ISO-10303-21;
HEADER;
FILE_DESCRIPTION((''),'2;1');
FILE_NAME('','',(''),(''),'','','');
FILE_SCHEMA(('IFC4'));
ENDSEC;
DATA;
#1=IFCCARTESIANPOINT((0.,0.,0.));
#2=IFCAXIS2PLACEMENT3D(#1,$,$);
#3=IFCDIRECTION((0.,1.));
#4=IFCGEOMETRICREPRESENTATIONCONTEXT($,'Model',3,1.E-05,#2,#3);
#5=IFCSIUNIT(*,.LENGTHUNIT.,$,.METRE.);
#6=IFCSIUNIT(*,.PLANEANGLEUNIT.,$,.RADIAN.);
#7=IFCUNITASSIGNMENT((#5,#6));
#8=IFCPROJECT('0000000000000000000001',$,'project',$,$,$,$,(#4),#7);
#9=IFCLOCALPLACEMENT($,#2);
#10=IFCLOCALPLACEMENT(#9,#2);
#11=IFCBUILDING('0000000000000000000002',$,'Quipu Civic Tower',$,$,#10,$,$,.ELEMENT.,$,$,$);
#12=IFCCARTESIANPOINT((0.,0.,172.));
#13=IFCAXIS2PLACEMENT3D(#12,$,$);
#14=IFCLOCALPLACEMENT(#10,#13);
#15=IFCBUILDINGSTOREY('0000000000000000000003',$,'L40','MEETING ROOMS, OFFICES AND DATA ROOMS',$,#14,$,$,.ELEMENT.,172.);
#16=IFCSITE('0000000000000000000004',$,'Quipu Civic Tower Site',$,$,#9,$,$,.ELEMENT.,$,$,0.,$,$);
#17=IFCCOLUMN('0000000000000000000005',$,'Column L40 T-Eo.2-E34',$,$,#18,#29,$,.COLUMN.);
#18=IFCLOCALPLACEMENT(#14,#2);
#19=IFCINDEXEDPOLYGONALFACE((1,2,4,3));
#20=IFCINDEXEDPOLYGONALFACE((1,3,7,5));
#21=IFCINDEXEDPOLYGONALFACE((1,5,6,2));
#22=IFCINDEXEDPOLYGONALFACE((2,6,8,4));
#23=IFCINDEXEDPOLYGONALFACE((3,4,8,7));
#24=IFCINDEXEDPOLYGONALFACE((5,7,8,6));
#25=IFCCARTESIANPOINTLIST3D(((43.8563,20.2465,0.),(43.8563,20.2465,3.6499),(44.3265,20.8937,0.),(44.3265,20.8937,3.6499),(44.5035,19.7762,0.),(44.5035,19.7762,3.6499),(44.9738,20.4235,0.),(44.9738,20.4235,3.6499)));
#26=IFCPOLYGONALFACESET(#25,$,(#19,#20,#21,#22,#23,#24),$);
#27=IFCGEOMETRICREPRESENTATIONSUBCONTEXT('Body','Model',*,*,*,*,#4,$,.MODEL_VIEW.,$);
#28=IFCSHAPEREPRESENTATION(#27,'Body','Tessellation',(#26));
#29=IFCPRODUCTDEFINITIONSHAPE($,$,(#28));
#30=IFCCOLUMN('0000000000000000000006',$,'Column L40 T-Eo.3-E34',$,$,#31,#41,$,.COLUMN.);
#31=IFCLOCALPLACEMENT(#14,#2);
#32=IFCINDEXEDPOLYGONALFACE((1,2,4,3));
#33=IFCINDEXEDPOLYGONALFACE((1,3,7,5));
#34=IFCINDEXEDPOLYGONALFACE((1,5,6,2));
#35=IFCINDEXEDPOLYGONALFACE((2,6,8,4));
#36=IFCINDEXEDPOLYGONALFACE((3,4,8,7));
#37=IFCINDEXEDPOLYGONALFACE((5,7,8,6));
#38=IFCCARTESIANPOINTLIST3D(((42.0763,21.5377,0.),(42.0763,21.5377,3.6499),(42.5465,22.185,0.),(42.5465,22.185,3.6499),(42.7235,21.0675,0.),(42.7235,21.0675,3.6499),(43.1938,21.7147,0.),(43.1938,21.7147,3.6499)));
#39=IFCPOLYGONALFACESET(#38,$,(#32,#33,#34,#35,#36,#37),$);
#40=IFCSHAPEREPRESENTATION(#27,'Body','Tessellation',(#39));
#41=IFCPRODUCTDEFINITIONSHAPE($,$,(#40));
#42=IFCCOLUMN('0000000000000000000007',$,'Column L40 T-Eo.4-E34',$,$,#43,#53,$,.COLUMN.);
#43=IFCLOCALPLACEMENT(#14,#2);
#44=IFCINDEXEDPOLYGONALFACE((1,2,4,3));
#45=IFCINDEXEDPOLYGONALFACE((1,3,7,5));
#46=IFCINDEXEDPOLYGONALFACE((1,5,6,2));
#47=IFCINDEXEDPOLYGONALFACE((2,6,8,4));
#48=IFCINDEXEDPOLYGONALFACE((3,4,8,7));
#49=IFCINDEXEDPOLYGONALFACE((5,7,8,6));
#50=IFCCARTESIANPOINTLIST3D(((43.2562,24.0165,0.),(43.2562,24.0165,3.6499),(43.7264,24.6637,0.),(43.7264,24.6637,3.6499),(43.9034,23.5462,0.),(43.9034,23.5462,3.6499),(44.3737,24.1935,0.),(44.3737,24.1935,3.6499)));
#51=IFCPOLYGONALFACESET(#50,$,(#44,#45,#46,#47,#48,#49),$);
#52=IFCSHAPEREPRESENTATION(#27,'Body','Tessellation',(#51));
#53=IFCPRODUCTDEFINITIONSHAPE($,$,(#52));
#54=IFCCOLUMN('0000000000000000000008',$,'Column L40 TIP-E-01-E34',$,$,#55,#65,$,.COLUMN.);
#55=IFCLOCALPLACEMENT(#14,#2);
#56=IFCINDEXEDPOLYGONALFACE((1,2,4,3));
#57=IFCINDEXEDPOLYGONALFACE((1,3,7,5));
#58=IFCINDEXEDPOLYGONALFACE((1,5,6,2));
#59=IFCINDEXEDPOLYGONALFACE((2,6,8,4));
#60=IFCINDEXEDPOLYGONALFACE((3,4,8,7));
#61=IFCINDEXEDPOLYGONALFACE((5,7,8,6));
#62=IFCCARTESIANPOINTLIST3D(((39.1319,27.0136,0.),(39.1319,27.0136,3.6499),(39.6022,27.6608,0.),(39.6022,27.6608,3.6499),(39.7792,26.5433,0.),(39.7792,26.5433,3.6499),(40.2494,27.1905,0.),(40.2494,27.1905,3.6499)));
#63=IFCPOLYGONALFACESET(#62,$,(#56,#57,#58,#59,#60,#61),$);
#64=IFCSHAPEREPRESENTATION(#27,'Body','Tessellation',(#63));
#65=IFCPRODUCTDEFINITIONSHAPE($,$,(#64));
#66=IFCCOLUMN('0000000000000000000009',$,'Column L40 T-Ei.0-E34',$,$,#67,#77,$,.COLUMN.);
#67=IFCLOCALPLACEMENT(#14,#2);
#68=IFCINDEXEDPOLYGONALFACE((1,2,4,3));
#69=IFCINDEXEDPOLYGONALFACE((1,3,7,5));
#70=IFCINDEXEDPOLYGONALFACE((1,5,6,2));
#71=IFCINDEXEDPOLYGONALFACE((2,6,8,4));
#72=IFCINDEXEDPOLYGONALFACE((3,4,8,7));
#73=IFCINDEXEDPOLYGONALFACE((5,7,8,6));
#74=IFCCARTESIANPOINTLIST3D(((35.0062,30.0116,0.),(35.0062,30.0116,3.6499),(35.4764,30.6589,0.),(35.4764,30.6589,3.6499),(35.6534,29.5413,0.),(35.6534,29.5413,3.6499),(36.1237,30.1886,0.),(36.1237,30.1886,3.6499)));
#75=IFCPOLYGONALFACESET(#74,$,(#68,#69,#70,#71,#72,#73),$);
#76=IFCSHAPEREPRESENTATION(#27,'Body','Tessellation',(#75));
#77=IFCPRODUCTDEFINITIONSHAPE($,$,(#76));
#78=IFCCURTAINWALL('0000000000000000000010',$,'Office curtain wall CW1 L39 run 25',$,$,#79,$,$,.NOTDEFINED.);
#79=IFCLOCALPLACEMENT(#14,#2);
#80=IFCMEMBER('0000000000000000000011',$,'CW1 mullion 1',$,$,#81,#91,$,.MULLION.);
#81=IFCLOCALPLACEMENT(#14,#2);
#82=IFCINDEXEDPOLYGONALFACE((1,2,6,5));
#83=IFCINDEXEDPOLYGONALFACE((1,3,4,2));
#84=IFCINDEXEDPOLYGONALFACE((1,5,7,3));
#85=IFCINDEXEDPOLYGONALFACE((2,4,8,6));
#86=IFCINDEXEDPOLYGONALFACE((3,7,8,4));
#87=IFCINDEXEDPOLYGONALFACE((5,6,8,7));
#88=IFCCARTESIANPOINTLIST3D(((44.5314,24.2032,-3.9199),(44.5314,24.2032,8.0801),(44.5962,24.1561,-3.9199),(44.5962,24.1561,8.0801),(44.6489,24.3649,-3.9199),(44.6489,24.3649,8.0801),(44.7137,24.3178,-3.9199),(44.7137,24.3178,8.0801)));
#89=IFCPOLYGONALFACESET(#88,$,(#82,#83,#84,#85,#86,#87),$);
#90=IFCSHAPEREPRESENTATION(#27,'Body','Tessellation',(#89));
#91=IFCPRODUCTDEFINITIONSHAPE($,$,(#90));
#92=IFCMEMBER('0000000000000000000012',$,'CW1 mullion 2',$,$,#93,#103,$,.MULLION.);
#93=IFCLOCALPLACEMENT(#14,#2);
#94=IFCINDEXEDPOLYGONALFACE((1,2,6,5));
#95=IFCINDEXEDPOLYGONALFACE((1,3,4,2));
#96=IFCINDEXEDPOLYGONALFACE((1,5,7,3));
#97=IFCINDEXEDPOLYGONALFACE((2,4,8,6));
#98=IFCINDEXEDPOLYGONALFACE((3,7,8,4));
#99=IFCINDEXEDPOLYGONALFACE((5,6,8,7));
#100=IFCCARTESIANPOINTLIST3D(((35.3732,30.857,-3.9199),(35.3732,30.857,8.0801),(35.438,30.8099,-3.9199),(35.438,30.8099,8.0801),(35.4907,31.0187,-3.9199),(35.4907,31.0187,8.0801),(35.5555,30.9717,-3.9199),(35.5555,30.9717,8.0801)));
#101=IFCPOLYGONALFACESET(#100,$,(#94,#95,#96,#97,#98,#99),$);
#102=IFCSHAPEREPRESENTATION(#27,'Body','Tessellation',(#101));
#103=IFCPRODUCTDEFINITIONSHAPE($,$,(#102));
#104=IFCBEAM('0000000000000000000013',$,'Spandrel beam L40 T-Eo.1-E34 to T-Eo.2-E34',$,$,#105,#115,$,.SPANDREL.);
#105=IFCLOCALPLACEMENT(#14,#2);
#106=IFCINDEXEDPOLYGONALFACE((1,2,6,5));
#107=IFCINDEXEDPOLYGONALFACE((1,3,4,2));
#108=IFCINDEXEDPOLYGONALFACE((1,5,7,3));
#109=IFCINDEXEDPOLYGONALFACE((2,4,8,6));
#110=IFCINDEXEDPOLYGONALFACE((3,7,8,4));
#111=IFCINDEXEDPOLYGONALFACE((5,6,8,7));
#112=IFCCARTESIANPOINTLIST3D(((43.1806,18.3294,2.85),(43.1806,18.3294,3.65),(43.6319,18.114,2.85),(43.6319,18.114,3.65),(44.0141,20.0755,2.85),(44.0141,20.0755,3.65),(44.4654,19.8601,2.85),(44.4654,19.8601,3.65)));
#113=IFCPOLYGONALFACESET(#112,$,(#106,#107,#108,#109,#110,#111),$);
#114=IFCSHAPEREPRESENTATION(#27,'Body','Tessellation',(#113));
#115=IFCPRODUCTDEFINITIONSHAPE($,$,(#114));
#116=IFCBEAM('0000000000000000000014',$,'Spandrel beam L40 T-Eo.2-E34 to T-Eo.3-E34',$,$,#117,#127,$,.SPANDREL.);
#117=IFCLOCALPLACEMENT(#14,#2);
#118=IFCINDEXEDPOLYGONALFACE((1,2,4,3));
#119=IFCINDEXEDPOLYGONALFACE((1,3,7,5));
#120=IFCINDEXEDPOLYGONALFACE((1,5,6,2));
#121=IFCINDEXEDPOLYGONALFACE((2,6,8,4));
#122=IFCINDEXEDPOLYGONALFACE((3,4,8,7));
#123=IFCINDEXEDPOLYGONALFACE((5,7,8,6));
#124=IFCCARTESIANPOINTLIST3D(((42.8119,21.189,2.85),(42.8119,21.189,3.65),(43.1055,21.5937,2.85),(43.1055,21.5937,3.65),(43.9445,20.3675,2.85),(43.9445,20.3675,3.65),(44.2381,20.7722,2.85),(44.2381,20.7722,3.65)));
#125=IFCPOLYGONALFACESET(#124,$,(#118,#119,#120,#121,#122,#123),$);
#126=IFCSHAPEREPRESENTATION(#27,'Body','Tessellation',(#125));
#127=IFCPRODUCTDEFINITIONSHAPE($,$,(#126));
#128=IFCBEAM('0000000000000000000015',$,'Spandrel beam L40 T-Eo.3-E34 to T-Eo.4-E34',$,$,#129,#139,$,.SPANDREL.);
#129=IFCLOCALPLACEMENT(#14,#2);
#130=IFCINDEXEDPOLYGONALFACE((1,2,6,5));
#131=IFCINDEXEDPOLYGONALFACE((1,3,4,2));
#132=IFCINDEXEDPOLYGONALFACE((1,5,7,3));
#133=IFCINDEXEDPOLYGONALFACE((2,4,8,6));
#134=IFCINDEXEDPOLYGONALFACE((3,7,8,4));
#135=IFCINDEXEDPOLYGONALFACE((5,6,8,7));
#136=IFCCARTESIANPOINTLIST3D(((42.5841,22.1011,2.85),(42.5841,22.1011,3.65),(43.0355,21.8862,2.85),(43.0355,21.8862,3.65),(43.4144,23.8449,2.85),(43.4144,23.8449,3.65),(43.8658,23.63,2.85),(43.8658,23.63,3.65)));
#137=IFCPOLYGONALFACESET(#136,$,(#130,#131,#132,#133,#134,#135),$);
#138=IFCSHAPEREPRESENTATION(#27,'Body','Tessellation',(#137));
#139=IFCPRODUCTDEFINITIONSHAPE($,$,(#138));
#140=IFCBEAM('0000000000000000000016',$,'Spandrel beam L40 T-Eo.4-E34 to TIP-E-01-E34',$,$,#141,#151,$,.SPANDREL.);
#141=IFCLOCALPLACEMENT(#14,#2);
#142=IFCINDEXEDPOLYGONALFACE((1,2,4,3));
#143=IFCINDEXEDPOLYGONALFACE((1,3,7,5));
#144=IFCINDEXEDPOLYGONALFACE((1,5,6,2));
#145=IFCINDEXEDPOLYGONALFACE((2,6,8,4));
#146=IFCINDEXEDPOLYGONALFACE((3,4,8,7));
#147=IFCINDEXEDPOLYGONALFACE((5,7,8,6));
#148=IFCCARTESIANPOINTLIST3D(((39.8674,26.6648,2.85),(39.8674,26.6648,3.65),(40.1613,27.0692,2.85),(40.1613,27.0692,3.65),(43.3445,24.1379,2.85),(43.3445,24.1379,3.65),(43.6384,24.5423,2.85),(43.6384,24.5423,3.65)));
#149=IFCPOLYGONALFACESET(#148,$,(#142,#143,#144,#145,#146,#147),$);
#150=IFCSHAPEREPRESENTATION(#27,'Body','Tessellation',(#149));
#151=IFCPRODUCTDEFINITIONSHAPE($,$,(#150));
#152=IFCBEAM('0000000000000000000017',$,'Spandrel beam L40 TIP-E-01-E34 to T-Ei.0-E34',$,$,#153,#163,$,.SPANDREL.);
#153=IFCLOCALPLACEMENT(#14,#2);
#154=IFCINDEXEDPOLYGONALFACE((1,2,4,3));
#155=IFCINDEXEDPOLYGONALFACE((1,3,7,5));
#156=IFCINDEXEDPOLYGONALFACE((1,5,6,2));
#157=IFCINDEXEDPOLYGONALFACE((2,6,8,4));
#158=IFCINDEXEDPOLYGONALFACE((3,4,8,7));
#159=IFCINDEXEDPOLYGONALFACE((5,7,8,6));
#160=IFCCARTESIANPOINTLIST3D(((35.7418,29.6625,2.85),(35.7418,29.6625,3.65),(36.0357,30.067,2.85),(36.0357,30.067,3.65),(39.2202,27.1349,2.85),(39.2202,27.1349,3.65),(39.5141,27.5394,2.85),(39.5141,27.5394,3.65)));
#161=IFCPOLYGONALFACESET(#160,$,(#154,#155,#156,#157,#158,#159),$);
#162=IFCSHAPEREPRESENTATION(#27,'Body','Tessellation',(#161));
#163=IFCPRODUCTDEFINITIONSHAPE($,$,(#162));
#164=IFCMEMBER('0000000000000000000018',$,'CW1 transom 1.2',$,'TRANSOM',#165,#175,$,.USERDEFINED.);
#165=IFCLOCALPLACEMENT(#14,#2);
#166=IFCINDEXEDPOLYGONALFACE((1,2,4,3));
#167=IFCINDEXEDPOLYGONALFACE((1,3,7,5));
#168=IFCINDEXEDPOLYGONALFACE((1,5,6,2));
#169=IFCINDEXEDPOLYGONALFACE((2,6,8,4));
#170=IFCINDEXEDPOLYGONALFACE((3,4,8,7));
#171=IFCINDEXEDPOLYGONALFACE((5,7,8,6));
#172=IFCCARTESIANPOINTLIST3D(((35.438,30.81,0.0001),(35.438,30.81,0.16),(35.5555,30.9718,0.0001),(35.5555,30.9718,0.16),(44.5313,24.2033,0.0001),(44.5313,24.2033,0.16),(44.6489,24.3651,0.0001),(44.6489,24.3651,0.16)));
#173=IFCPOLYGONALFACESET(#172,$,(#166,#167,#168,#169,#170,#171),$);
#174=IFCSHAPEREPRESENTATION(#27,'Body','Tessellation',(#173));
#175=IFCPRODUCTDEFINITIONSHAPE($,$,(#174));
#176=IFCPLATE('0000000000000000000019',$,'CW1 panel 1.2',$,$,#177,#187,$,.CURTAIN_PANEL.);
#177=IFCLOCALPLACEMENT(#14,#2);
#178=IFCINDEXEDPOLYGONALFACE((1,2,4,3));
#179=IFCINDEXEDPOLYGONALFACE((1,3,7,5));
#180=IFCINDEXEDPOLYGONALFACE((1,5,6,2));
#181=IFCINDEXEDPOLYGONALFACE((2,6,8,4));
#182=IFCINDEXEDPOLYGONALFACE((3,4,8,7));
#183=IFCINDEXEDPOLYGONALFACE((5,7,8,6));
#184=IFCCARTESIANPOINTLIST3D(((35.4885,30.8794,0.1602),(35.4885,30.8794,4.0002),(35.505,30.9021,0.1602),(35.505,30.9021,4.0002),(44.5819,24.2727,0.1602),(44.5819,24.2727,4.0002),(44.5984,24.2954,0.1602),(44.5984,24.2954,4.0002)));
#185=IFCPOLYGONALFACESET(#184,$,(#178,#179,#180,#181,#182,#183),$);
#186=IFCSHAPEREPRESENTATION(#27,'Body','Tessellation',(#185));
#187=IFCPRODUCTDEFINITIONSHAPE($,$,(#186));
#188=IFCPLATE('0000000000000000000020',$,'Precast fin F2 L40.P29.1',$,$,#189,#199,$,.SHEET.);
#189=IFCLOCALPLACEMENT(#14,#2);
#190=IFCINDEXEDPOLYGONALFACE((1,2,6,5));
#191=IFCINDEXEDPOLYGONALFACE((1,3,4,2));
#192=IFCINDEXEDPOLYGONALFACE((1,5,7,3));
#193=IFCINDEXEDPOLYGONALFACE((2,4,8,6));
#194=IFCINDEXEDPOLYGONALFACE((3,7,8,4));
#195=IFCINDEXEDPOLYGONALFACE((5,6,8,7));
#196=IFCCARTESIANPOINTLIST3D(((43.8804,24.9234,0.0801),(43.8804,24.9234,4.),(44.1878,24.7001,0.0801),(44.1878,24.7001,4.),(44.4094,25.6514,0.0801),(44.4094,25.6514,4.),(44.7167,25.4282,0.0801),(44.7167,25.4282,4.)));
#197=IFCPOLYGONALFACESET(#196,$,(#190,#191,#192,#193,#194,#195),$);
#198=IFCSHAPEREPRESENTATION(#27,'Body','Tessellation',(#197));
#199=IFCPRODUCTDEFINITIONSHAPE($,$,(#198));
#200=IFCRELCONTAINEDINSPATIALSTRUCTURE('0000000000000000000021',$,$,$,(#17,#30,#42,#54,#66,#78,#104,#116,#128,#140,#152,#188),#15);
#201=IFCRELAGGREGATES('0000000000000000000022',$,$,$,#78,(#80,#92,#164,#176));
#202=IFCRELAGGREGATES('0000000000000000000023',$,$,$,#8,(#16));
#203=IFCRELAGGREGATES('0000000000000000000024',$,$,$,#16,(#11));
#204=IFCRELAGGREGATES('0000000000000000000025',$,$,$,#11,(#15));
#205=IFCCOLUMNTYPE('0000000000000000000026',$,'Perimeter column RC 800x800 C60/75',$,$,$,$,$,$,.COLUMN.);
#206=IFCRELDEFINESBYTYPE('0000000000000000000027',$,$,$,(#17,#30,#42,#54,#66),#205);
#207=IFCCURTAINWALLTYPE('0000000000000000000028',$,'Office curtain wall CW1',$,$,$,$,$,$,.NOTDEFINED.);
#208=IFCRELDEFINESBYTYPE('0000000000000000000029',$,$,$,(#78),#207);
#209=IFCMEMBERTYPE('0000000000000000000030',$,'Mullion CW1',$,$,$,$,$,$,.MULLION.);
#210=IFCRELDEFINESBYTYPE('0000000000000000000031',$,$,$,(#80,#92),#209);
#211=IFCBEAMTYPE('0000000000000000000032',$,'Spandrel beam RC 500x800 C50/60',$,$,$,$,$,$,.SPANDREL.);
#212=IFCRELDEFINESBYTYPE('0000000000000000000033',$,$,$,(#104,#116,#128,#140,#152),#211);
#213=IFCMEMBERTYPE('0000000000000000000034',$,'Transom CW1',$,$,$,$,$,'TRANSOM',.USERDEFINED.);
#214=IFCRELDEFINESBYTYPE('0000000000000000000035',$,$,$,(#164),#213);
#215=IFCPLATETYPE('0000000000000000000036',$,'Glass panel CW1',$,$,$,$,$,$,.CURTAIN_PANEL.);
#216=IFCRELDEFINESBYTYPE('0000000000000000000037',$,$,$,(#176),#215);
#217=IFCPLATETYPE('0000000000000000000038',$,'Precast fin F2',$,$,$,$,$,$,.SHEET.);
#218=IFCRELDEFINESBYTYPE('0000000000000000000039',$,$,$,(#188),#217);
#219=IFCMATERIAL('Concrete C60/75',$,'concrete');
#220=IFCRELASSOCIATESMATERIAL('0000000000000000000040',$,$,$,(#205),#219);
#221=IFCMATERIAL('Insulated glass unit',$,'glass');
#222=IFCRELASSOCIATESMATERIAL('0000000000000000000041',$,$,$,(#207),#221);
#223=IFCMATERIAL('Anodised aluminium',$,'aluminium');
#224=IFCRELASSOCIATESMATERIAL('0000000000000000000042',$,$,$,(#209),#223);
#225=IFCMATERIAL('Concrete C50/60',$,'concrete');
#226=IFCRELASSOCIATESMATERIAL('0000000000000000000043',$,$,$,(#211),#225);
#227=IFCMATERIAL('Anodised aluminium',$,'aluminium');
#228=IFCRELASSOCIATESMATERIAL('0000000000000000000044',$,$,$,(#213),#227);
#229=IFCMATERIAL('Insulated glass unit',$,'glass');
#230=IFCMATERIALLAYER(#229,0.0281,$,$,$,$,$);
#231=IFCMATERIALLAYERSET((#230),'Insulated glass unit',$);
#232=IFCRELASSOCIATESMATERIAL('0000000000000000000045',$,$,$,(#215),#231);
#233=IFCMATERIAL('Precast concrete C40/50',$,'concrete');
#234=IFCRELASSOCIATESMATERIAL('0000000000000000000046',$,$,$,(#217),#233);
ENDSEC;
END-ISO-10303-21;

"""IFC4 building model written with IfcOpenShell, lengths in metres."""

from ifc_helpers import new_model, si_unit, direction, frame, origin, origin_2d, place, context, subcontext, project, spatial, rectangle, extrude, material, layer, layer_set, material_profile, profile_set, type_object, element, aggregate, save


model = new_model("IFC4")

# Units and contexts
model_context = context("Model", 3, precision=1e-05, world=origin(), true_north=direction((0.0, 1.0)))
body_context = subcontext(model_context, "Body", "Model", "MODEL_VIEW")
ifc_project = project(units=[si_unit("LENGTHUNIT", "METRE"), si_unit("PLANEANGLEUNIT", "RADIAN")], contexts=[model_context])

# Site, building, storey
site_placement = place(None, origin())
site = spatial("IfcSite", under=ifc_project, at=site_placement, Name="Quipu Civic Tower Site", CompositionType="ELEMENT", RefElevation=0.0)
building_placement = place(site_placement, origin())
building = spatial("IfcBuilding", under=site, at=building_placement, Name="Quipu Civic Tower", CompositionType="ELEMENT")
storey_placement = place(building_placement, frame((0.0, 0.0, 172.0)))
storey = spatial("IfcBuildingStorey", under=building, at=storey_placement, Name="L40", Description="MEETING ROOMS, OFFICES AND DATA ROOMS", CompositionType="ELEMENT", Elevation=172.0)

# Columns
ifc_material_1 = material(Name="Concrete C60/75", Category="concrete")
ifc_material_profile_1 = material_profile(ifc_material_1, rectangle(XDim=0.8, YDim=0.8, at=origin_2d()), Name="RC800x800")
ifc_profile_set_1 = profile_set([ifc_material_profile_1], Name="Concrete C60/75")
column_type = type_object("IfcColumnType", Name="Perimeter column RC 800x800 C60/75", PredefinedType="COLUMN", material=ifc_profile_set_1)
for number, where, z_axis, x_axis, name in (
    (1, (44.415, 20.335, 0.0), (0.0, 0.0, 1.0), (0.587785, 0.809017, 0.0), "Column L40 T-Eo.2-E34"),
    (2, (42.635, 21.6262, 0.0), (0.0, 0.0, 1.0), (-0.809017, 0.587785, 0.0), "Column L40 T-Eo.3-E34"),
    (3, (43.8149, 24.105, 0.0), (0.0, 0.0, 1.0), (-0.809017, 0.587785, 0.0), "Column L40 T-Eo.4-E34"),
    (4, (39.6907, 27.1021, 0.0), (0.0, 0.0, 1.0), (-0.809017, 0.587785, 0.0), "Column L40 TIP-E-01-E34"),
    (5, (35.5649, 30.1001, 0.0), (0.0, 0.0, 1.0), (-0.587785, -0.809017, 0.0), "Column L40 T-Ei.0-E34"),
):
    element("IfcColumn", number, at=place(storey_placement, frame(where, z_axis=z_axis, x_axis=x_axis)), inside=storey, type_object=column_type, Name=name, PredefinedType="COLUMN", context=body_context, shape_type="SweptSolid", body=[
        extrude(rectangle(XDim=0.8, YDim=0.8, at=origin_2d()), origin(), (0.0, 0.0, 1.0), 3.6499),
    ])

# Curtain wall, members
ifc_material_2 = material(Name="Insulated glass unit", Category="glass")
curtain_wall_type = type_object("IfcCurtainWallType", Name="Office curtain wall CW1", PredefinedType="NOTDEFINED", material=ifc_material_2)
curtain_wall_placement = place(storey_placement, origin())
curtain_wall = element("IfcCurtainWall", 6, at=curtain_wall_placement, inside=storey, type_object=curtain_wall_type, Name="Office curtain wall CW1 L39 run 25", PredefinedType="NOTDEFINED")
ifc_material_3 = material(Name="Anodised aluminium", Category="aluminium")
ifc_material_profile_2 = material_profile(ifc_material_3, rectangle(XDim=0.2, YDim=0.0801, at=origin_2d()), Name="RECT 200x80")
ifc_profile_set_2 = profile_set([ifc_material_profile_2], Name="Anodised aluminium")
member_type_1 = type_object("IfcMemberType", Name="Mullion CW1", PredefinedType="MULLION", material=ifc_profile_set_2)
member_1_placement = place(storey_placement, frame((44.6226, 24.2605, -3.9199), z_axis=(0.0, 0.0, 1.0), x_axis=(-0.587788, -0.809015, 0.0)))
member_1 = element("IfcMember", 7, at=member_1_placement, type_object=member_type_1, Name="CW1 mullion 1", PredefinedType="MULLION", context=body_context, shape_type="SweptSolid", body=[
    extrude(rectangle(XDim=0.2, YDim=0.0801, at=origin_2d()), origin(), (0.0, 0.0, 1.0), 12.0),
])
member_2_placement = place(storey_placement, frame((35.4644, 30.9143, -3.9199), z_axis=(0.0, 0.0, 1.0), x_axis=(-0.587788, -0.809015, 0.0)))
member_2 = element("IfcMember", 8, at=member_2_placement, type_object=member_type_1, Name="CW1 mullion 2", PredefinedType="MULLION", context=body_context, shape_type="SweptSolid", body=[
    extrude(rectangle(XDim=0.2, YDim=0.0801, at=origin_2d()), origin(), (0.0, 0.0, 1.0), 12.0),
])

# Beams
ifc_material_4 = material(Name="Concrete C50/60", Category="concrete")
ifc_material_profile_3 = material_profile(ifc_material_4, rectangle(XDim=0.5, YDim=0.8, at=origin_2d()), Name="RC500x800")
ifc_profile_set_3 = profile_set([ifc_material_profile_3], Name="Concrete C50/60")
beam_type = type_object("IfcBeamType", Name="Spandrel beam RC 500x800 C50/60", PredefinedType="SPANDREL", material=ifc_profile_set_3)
beam_1_placement = place(storey_placement, frame((43.4062, 18.2217, 3.25), z_axis=(0.430786, 0.902454, 0.0), x_axis=(-0.902454, 0.430786, 0.0)))
element("IfcBeam", 9, at=beam_1_placement, inside=storey, type_object=beam_type, Name="Spandrel beam L40 T-Eo.1-E34 to T-Eo.2-E34", PredefinedType="SPANDREL", context=body_context, shape_type="SweptSolid", body=[
    extrude(rectangle(XDim=0.5, YDim=0.8, at=origin_2d()), origin(), (0.0, 0.0, 1.0), 1.9348),
])
beam_2_placement = place(storey_placement, frame((44.0913, 20.5698, 3.25), z_axis=(-0.809467, 0.587165, 0.0), x_axis=(-0.587165, -0.809467, 0.0)))
element("IfcBeam", 10, at=beam_2_placement, inside=storey, type_object=beam_type, Name="Spandrel beam L40 T-Eo.2-E34 to T-Eo.3-E34", PredefinedType="SPANDREL", context=body_context, shape_type="SweptSolid", body=[
    extrude(rectangle(XDim=0.5, YDim=0.8, at=origin_2d()), origin(), (0.0, 0.0, 1.0), 1.3992),
])
beam_3_placement = place(storey_placement, frame((42.8098, 21.9937, 3.25), z_axis=(0.429889, 0.902882, 0.0), x_axis=(-0.902882, 0.429889, 0.0)))
element("IfcBeam", 11, at=beam_3_placement, inside=storey, type_object=beam_type, Name="Spandrel beam L40 T-Eo.3-E34 to T-Eo.4-E34", PredefinedType="SPANDREL", context=body_context, shape_type="SweptSolid", body=[
    extrude(rectangle(XDim=0.5, YDim=0.8, at=origin_2d()), origin(), (0.0, 0.0, 1.0), 1.9314),
])
beam_4_placement = place(storey_placement, frame((43.4915, 24.3401, 3.25), z_axis=(-0.808947, 0.587881, 0.0), x_axis=(-0.587881, -0.808947, 0.0)))
element("IfcBeam", 12, at=beam_4_placement, inside=storey, type_object=beam_type, Name="Spandrel beam L40 T-Eo.4-E34 to TIP-E-01-E34", PredefinedType="SPANDREL", context=body_context, shape_type="SweptSolid", body=[
    extrude(rectangle(XDim=0.5, YDim=0.8, at=origin_2d()), origin(), (0.0, 0.0, 1.0), 4.2983),
])
beam_5_placement = place(storey_placement, frame((39.3672, 27.3372, 3.25), z_axis=(-0.808984, 0.587831, 0.0), x_axis=(-0.587831, -0.808984, 0.0)))
element("IfcBeam", 13, at=beam_5_placement, inside=storey, type_object=beam_type, Name="Spandrel beam L40 TIP-E-01-E34 to T-Ei.0-E34", PredefinedType="SPANDREL", context=body_context, shape_type="SweptSolid", body=[
    extrude(rectangle(XDim=0.5, YDim=0.8, at=origin_2d()), origin(), (0.0, 0.0, 1.0), 4.2998),
])

# Member
ifc_material_5 = material(Name="Anodised aluminium", Category="aluminium")
ifc_material_profile_4 = material_profile(ifc_material_5, rectangle(XDim=0.2, YDim=0.1599, at=origin_2d()), Name="RECT 200x160")
ifc_profile_set_4 = profile_set([ifc_material_profile_4], Name="Anodised aluminium")
member_type_2 = type_object("IfcMemberType", Name="Transom CW1", ElementType="TRANSOM", PredefinedType="USERDEFINED", material=ifc_profile_set_4)
member_3_placement = place(storey_placement, frame((44.5901, 24.2842, 0.0801), z_axis=(-0.809015, 0.587788, 0.0), x_axis=(-0.587788, -0.809015, 0.0)))
member_3 = element("IfcMember", 14, at=member_3_placement, type_object=member_type_2, Name="CW1 transom 1.2", ObjectType="TRANSOM", PredefinedType="USERDEFINED", context=body_context, shape_type="SweptSolid", body=[
    extrude(rectangle(XDim=0.2, YDim=0.1599, at=origin_2d()), origin(), (0.0, 0.0, 1.0), 11.24),
])

# Plate
ifc_material_6 = material(Name="Insulated glass unit", Category="glass")
ifc_layer_1 = layer(ifc_material_6, 0.0281)
ifc_layer_set_1 = layer_set([ifc_layer_1], Name="Insulated glass unit")
plate_type_1 = type_object("IfcPlateType", Name="Glass panel CW1", PredefinedType="CURTAIN_PANEL", material=ifc_layer_set_1)
plate_placement = place(storey_placement, frame((40.0435, 27.5874, 0.1602), z_axis=(0.0, 0.0, 1.0), x_axis=(-0.809015, 0.587788, 0.0)))
plate = element("IfcPlate", 15, at=plate_placement, type_object=plate_type_1, Name="CW1 panel 1.2", PredefinedType="CURTAIN_PANEL", context=body_context, shape_type="SweptSolid", body=[
    extrude(rectangle(XDim=11.24, YDim=0.0281, at=origin_2d()), origin(), (0.0, 0.0, 1.0), 3.8401),
])
aggregate(curtain_wall, [member_1, member_2, member_3, plate])

# Plate
ifc_material_7 = material(Name="Precast concrete C40/50", Category="concrete")
plate_type_2 = type_object("IfcPlateType", Name="Precast fin F2", PredefinedType="SHEET", material=ifc_material_7)
for number, where, z_axis, x_axis, name in (
    (16, (44.2986, 25.1758, 0.0801), (0.0, 0.0, 1.0), (-0.809017, 0.587785, 0.0), "Precast fin F2 L40.P29.1"),
):
    element("IfcPlate", number, at=place(storey_placement, frame(where, z_axis=z_axis, x_axis=x_axis)), inside=storey, type_object=plate_type_2, Name=name, PredefinedType="SHEET", context=body_context, shape_type="SweptSolid", body=[
        extrude(rectangle(XDim=0.3799, YDim=0.8999, at=origin_2d()), origin(), (0.0, 0.0, 1.0), 3.9199),
    ])

save(model, "model.ifc")
